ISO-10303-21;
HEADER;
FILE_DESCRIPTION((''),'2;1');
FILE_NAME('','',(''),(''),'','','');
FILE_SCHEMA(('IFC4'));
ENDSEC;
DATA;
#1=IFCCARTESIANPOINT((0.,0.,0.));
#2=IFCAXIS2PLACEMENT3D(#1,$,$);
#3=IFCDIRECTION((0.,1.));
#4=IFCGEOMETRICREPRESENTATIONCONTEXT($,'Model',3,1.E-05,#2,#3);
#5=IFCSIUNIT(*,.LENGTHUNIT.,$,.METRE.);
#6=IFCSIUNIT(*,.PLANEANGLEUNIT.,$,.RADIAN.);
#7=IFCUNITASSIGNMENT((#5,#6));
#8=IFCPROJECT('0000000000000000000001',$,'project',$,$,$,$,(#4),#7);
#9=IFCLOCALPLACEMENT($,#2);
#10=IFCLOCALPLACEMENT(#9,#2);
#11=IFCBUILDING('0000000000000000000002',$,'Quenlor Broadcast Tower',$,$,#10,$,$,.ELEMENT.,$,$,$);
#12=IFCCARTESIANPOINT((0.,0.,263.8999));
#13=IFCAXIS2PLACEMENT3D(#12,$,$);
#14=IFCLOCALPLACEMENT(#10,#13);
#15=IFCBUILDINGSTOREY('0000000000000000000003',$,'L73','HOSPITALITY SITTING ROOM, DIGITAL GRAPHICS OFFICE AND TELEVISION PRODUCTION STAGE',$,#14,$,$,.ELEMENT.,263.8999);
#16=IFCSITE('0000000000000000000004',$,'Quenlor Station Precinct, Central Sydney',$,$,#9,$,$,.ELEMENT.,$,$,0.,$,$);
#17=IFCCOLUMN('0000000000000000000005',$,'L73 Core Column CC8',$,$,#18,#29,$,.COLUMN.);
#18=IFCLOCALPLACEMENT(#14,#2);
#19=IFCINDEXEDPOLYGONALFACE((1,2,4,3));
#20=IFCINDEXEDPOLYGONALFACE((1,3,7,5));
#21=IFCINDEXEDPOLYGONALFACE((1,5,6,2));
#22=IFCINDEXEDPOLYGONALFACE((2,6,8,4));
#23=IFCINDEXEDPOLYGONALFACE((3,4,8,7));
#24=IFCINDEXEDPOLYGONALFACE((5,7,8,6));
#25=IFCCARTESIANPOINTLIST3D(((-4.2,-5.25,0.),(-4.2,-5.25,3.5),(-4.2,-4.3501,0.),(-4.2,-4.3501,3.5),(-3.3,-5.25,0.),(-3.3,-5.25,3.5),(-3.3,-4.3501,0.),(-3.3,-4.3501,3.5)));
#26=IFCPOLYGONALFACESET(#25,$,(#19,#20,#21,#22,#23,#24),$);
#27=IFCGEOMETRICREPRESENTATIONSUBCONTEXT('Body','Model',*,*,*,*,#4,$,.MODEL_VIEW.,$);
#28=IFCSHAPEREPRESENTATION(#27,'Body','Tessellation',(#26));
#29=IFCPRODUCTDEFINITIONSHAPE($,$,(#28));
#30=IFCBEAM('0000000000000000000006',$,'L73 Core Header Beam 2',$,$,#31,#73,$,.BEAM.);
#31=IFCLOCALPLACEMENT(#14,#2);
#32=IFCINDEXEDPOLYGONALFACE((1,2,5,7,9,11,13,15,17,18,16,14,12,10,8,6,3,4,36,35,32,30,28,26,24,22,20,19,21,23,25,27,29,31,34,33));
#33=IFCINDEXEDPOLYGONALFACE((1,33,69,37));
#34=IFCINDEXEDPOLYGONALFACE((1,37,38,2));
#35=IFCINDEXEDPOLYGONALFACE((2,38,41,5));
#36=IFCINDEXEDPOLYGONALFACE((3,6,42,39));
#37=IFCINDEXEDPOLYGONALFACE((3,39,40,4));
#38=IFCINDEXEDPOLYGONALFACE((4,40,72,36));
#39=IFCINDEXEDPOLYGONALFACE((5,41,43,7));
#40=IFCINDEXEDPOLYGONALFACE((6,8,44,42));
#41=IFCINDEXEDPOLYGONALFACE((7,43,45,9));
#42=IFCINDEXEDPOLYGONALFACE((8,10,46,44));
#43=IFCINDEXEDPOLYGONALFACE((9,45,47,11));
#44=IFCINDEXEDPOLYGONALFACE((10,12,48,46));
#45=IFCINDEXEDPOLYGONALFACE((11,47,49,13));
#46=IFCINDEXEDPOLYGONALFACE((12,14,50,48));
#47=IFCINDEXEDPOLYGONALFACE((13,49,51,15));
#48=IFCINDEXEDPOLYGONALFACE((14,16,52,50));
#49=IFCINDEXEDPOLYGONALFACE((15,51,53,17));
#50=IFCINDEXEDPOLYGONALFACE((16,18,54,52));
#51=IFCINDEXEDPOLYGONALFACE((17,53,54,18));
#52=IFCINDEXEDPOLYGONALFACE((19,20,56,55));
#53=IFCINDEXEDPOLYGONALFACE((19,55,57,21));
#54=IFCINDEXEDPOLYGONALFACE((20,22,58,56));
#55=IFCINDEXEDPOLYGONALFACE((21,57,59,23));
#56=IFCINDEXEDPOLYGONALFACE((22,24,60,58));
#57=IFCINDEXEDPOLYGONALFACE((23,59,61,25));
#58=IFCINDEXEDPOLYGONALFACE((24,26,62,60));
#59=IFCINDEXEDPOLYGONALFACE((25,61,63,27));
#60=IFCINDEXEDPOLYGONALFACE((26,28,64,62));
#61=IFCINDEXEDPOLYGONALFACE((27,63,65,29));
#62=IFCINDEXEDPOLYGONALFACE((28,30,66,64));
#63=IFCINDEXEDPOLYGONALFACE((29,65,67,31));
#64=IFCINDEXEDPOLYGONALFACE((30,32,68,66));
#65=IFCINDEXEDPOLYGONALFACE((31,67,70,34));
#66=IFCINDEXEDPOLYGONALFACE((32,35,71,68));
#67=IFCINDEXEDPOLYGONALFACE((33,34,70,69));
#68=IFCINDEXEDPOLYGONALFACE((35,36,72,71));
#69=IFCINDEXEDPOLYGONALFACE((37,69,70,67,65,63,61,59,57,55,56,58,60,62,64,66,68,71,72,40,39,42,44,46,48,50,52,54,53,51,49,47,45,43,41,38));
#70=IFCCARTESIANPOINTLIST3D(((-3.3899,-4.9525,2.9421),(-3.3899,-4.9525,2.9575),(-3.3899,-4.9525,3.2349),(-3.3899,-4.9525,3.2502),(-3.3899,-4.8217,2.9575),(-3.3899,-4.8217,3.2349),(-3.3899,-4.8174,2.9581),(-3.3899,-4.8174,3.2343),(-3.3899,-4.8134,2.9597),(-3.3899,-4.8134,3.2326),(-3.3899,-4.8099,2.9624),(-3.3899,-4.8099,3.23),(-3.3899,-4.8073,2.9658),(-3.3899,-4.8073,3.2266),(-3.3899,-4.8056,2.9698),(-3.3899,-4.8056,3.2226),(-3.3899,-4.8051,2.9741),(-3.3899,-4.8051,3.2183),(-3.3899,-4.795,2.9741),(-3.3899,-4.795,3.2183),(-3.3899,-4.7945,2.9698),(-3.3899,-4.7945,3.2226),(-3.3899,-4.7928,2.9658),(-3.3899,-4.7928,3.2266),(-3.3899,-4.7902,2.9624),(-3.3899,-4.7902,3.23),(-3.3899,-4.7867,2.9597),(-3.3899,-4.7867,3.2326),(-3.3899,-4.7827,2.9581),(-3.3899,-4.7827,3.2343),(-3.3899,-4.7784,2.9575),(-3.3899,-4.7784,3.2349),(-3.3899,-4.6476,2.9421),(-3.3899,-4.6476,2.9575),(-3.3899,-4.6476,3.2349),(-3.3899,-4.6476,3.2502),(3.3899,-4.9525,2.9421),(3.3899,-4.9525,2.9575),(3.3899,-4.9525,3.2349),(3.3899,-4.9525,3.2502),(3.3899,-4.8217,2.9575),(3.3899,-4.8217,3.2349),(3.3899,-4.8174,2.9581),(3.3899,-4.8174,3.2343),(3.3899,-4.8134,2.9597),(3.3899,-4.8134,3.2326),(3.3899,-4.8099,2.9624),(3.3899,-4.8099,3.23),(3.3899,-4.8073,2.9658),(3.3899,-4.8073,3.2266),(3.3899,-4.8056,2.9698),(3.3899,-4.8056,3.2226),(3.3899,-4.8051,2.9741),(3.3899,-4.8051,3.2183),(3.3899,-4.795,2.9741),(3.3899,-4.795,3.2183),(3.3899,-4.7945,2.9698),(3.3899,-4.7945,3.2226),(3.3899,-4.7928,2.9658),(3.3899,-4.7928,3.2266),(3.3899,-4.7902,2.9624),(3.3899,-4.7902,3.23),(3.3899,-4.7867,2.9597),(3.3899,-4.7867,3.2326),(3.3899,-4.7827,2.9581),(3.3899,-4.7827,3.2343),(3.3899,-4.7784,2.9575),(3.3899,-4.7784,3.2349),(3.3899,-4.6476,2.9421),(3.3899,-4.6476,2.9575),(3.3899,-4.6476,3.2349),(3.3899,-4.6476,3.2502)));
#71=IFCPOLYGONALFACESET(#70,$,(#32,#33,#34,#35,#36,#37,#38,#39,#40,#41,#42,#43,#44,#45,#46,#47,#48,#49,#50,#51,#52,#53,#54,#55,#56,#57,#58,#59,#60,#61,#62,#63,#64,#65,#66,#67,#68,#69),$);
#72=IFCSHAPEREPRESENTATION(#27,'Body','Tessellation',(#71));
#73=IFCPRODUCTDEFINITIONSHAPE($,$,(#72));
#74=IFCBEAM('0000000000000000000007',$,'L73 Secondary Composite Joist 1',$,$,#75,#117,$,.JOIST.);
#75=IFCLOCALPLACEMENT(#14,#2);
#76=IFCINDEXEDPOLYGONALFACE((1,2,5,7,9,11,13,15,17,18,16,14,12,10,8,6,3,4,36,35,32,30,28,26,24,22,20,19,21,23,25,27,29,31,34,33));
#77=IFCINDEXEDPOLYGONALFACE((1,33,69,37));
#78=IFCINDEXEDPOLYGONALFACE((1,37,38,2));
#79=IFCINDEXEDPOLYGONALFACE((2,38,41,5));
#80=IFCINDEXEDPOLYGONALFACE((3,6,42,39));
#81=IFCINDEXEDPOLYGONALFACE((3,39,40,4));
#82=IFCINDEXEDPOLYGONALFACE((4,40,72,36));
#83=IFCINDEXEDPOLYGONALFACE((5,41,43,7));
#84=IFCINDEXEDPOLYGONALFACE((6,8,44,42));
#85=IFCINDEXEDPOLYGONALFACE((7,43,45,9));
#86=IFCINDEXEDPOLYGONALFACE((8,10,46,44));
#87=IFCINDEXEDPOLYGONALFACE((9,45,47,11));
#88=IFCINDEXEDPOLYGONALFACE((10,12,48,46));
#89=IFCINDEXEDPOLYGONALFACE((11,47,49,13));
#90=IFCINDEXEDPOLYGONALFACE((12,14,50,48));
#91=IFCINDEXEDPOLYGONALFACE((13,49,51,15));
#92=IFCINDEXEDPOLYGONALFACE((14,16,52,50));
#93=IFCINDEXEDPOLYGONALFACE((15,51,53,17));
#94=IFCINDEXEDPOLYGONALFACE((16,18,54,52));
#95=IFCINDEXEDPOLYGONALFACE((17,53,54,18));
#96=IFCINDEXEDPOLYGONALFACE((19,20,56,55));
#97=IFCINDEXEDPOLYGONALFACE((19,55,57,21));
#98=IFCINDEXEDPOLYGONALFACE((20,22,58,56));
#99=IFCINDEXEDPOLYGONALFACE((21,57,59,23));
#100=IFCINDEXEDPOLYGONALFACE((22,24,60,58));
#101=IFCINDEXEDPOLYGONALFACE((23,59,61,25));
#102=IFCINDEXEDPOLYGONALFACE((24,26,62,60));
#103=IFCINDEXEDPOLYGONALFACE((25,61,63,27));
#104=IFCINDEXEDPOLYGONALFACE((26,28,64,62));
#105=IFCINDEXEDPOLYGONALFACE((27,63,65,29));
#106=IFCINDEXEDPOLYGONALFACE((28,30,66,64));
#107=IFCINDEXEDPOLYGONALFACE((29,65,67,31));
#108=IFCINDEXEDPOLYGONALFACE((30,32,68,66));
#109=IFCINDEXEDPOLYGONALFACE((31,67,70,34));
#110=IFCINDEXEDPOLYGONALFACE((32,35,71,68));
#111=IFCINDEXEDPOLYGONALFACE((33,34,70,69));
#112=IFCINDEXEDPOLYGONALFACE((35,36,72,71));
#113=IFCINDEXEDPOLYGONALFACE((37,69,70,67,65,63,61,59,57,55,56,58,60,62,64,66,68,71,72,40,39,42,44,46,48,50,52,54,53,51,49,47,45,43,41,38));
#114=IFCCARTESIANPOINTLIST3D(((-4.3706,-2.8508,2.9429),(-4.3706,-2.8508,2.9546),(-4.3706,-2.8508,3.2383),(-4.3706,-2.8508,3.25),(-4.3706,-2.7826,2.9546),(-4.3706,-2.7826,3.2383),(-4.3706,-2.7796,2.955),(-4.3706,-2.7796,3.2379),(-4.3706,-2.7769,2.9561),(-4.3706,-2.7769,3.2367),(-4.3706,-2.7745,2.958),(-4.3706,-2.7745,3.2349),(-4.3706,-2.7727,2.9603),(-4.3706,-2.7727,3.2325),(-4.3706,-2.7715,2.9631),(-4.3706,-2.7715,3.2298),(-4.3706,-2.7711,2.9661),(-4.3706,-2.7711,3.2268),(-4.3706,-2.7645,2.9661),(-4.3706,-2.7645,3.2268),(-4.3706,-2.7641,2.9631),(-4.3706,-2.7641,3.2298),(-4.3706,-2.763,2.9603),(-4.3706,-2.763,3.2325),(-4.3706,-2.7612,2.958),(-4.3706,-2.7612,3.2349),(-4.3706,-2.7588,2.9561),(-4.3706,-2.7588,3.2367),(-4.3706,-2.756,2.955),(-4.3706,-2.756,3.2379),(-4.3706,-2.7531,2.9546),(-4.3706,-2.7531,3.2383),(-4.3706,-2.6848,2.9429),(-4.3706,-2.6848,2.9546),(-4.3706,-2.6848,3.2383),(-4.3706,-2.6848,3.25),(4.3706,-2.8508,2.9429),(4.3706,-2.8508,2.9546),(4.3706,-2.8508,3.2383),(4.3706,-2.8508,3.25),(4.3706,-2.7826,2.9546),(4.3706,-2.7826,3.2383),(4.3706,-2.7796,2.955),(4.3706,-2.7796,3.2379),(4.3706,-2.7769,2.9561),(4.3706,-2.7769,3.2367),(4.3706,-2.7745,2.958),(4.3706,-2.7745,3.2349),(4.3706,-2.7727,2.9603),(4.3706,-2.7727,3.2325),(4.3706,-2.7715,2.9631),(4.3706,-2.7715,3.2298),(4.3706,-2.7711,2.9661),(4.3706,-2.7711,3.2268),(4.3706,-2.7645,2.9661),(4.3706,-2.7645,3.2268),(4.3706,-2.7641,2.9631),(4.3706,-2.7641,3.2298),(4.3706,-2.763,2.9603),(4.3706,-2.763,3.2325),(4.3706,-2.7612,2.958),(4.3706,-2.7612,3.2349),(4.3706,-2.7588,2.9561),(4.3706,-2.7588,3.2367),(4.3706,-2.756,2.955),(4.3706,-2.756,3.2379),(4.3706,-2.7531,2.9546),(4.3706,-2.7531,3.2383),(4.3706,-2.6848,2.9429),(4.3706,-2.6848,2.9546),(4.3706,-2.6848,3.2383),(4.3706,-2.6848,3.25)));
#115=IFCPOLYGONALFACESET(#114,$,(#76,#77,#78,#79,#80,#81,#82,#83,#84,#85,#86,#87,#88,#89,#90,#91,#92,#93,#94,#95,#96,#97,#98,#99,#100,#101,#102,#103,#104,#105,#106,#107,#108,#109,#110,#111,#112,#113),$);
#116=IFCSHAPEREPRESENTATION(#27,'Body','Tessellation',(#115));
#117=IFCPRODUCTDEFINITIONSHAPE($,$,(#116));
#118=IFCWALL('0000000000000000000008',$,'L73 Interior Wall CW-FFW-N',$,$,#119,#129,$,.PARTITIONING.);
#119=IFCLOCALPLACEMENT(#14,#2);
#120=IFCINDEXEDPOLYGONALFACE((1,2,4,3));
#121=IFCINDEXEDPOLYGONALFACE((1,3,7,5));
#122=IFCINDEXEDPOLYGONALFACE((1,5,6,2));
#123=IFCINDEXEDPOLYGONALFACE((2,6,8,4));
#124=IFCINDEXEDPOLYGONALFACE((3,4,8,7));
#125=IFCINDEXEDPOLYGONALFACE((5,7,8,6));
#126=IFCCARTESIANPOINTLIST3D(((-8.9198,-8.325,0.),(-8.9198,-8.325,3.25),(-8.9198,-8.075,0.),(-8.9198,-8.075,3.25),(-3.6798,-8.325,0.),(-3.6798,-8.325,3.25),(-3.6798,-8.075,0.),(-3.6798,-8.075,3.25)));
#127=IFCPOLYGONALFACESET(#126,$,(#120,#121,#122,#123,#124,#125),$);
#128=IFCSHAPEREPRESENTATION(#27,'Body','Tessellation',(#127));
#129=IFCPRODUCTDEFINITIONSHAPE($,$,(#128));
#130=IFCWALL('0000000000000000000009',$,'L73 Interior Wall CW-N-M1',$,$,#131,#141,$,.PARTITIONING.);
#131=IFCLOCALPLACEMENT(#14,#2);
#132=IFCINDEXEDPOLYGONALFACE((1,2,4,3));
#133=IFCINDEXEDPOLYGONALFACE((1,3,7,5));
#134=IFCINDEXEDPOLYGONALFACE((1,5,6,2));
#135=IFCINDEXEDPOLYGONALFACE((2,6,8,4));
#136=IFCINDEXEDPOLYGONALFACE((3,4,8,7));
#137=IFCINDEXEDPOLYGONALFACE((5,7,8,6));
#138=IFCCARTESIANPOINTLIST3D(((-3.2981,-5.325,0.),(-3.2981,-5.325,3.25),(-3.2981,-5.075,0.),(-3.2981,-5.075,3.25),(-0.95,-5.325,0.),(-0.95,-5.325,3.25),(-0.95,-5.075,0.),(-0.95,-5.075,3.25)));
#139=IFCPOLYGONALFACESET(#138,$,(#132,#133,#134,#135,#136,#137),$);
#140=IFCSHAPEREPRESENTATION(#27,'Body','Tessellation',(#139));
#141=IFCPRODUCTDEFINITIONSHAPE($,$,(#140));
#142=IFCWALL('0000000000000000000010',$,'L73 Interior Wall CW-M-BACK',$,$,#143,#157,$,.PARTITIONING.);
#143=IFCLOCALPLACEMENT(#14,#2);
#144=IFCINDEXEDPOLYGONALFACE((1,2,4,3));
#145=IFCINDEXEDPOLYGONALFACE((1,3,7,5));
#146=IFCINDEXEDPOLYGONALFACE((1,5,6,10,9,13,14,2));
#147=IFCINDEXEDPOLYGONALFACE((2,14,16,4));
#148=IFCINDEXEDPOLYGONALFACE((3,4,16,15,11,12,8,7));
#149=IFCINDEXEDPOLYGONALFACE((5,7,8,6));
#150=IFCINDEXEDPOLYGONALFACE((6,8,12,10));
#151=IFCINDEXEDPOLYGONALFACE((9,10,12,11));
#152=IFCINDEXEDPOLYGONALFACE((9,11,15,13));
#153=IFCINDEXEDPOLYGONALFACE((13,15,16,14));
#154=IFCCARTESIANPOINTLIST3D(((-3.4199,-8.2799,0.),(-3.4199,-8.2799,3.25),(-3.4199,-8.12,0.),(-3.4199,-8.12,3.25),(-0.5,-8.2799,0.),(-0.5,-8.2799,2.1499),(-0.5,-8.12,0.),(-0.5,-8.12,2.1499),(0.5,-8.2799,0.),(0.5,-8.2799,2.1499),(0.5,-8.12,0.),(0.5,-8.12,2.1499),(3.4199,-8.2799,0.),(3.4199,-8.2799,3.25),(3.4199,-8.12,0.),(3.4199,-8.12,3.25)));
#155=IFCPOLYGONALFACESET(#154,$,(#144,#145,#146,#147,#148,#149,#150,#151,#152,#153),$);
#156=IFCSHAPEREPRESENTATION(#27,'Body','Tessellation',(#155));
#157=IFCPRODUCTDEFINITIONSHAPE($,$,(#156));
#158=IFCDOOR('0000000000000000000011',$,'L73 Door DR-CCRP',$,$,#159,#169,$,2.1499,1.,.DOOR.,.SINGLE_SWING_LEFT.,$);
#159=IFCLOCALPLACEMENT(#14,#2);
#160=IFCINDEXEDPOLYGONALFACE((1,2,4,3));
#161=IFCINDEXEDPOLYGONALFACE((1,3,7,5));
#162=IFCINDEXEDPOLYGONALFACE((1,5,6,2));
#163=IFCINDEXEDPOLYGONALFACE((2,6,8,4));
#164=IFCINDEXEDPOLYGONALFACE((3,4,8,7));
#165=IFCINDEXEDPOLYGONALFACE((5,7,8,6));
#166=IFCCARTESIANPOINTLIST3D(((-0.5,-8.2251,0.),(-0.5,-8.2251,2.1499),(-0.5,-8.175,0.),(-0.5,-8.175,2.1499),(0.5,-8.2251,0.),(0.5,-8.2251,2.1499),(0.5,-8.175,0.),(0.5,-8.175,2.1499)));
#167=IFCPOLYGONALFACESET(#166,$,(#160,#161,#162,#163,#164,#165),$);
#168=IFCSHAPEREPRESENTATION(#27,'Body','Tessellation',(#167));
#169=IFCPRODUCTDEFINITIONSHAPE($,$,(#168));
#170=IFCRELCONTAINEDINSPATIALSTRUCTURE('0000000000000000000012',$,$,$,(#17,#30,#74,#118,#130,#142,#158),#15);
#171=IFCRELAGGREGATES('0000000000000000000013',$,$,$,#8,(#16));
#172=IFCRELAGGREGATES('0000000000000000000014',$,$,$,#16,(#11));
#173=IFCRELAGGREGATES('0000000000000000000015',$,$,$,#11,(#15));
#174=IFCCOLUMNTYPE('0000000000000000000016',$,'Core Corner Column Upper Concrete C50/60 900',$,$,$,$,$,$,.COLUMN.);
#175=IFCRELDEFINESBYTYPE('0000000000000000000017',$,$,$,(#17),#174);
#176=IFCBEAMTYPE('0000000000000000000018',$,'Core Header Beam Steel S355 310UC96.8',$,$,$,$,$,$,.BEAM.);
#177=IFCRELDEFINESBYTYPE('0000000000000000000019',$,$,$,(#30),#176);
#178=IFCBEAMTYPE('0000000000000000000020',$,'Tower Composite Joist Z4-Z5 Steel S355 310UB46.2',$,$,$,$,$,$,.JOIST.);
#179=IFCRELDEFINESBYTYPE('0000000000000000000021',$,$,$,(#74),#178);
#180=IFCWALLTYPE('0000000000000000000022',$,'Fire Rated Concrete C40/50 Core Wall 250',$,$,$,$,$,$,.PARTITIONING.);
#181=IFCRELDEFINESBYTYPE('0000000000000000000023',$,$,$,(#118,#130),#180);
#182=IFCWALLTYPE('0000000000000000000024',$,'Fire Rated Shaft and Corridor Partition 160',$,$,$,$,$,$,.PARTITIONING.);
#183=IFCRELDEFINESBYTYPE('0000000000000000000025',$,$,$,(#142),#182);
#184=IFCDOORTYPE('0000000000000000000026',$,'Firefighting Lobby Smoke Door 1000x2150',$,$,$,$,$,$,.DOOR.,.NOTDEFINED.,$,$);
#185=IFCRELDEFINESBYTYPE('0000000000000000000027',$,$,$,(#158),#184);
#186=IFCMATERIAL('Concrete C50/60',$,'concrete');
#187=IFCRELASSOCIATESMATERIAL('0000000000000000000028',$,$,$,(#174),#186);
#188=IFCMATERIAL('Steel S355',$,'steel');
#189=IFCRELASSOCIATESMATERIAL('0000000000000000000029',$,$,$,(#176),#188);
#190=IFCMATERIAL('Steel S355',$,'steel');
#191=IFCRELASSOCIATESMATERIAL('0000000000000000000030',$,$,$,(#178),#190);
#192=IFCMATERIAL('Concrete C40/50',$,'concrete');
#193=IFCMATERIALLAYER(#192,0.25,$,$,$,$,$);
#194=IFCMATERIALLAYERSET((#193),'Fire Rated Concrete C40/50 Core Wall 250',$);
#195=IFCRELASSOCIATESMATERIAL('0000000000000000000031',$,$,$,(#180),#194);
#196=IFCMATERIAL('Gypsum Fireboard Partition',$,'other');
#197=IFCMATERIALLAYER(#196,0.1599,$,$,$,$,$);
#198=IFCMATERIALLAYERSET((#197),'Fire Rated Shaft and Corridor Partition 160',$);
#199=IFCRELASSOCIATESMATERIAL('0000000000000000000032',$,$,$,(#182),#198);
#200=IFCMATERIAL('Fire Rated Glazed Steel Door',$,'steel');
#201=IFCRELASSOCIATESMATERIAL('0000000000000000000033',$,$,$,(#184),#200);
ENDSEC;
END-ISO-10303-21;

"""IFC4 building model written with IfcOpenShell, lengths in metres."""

from ifc_helpers import new_model, si_unit, direction, frame, frame_2d, origin, origin_2d, place, context, subcontext, project, spatial, rectangle, i_section, extrude, material, layer, layer_set, material_profile, profile_set, type_object, element, fill, save


model = new_model("IFC4")

# Units and contexts
model_context = context("Model", 3, precision=1e-05, world=origin(), true_north=direction((0.0, 1.0)))
body_context = subcontext(model_context, "Body", "Model", "MODEL_VIEW")
ifc_project = project(units=[si_unit("LENGTHUNIT", "METRE"), si_unit("PLANEANGLEUNIT", "RADIAN")], contexts=[model_context])

# Site, building, storey
site_placement = place(None, origin())
site = spatial("IfcSite", under=ifc_project, at=site_placement, Name="Quenlor Station Precinct, Central Sydney", CompositionType="ELEMENT", RefElevation=0.0)
building_placement = place(site_placement, origin())
building = spatial("IfcBuilding", under=site, at=building_placement, Name="Quenlor Broadcast Tower", CompositionType="ELEMENT")
storey_placement = place(building_placement, frame((0.0, 0.0, 263.8999)))
storey = spatial("IfcBuildingStorey", under=building, at=storey_placement, Name="L73", Description="HOSPITALITY SITTING ROOM, DIGITAL GRAPHICS OFFICE AND TELEVISION PRODUCTION STAGE", CompositionType="ELEMENT", Elevation=263.8999)

# Column
ifc_material_1 = material(Name="Concrete C50/60", Category="concrete")
ifc_material_profile_1 = material_profile(ifc_material_1, rectangle(XDim=0.8999, YDim=0.8999, at=origin_2d()))
ifc_profile_set_1 = profile_set([ifc_material_profile_1], Name="Concrete C50/60 RC900x900")
column_type = type_object("IfcColumnType", Name="Core Corner Column Upper Concrete C50/60 900", PredefinedType="COLUMN", material=ifc_profile_set_1)
column_placement = place(storey_placement, frame((-3.75, -4.8, 0.0), z_axis=(0.0, 0.0, 1.0), x_axis=(1.0, 0.0, 0.0)))
element("IfcColumn", 1, at=column_placement, inside=storey, type_object=column_type, Name="L73 Core Column CC8", PredefinedType="COLUMN", context=body_context, shape_type="SweptSolid", body=[
    extrude(rectangle(XDim=0.8999, YDim=0.8999, at=origin_2d()), origin(), (0.0, 0.0, 1.0), 3.5),
])

# Beams
ifc_material_2 = material(Name="Steel S355", Category="steel")
ifc_material_profile_2 = material_profile(ifc_material_2, i_section(OverallWidth=0.3049, OverallDepth=0.3081, WebThickness=0.01, FlangeThickness=0.0154, FilletRadius=0.0166, at=origin_2d()))
ifc_profile_set_2 = profile_set([ifc_material_profile_2], Name="Steel S355 310UC96.8")
beam_type_1 = type_object("IfcBeamType", Name="Core Header Beam Steel S355 310UC96.8", PredefinedType="BEAM", material=ifc_profile_set_2)
beam_1_placement = place(storey_placement, frame((-3.3899, -4.8, 3.0962), z_axis=(1.0, 0.0, 0.0), x_axis=(0.0, 1.0, 0.0)))
element("IfcBeam", 2, at=beam_1_placement, inside=storey, type_object=beam_type_1, Name="L73 Core Header Beam 2", PredefinedType="BEAM", context=body_context, shape_type="SweptSolid", body=[
    extrude(i_section(OverallWidth=0.3049, OverallDepth=0.3081, WebThickness=0.01, FlangeThickness=0.0154, FilletRadius=0.0166, at=origin_2d()), origin(), (0.0, 0.0, 1.0), 6.7798),
])
ifc_material_3 = material(Name="Steel S355", Category="steel")
ifc_material_profile_3 = material_profile(ifc_material_3, i_section(OverallWidth=0.166, OverallDepth=0.3071, WebThickness=0.0066, FlangeThickness=0.0117, FilletRadius=0.0115, at=origin_2d()))
ifc_profile_set_3 = profile_set([ifc_material_profile_3], Name="Steel S355 310UB46.2")
beam_type_2 = type_object("IfcBeamType", Name="Tower Composite Joist Z4-Z5 Steel S355 310UB46.2", PredefinedType="JOIST", material=ifc_profile_set_3)
beam_2_placement = place(storey_placement, frame((-4.3706, -2.7678, 3.0964), z_axis=(1.0, 0.0, 0.0), x_axis=(0.0, 1.0, 0.0)))
element("IfcBeam", 3, at=beam_2_placement, inside=storey, type_object=beam_type_2, Name="L73 Secondary Composite Joist 1", PredefinedType="JOIST", context=body_context, shape_type="SweptSolid", body=[
    extrude(i_section(OverallWidth=0.166, OverallDepth=0.3071, WebThickness=0.0066, FlangeThickness=0.0117, FilletRadius=0.0115, at=origin_2d()), origin(), (0.0, 0.0, 1.0), 8.7412),
])

# Shared definitions
ifc_material_4 = material(Name="Concrete C40/50", Category="concrete")
ifc_layer_1 = layer(ifc_material_4, 0.25)
ifc_layer_set_1 = layer_set([ifc_layer_1], Name="Fire Rated Concrete C40/50 Core Wall 250")
wall_type_1 = type_object("IfcWallType", Name="Fire Rated Concrete C40/50 Core Wall 250", PredefinedType="PARTITIONING", material=ifc_layer_set_1)

# Walls
wall_1_placement = place(storey_placement, frame((-8.9199, -8.2, 0.0), z_axis=(0.0, 0.0, 1.0), x_axis=(1.0, 0.0, 0.0)))
element("IfcWall", 4, at=wall_1_placement, inside=storey, type_object=wall_type_1, Name="L73 Interior Wall CW-FFW-N", PredefinedType="PARTITIONING", context=body_context, shape_type="SweptSolid", body=[
    extrude(rectangle(XDim=5.24, YDim=0.25, at=frame_2d((2.6201, 0.0))), origin(), (0.0, 0.0, 1.0), 3.25),
])
wall_2_placement = place(storey_placement, frame((-3.2981, -5.2, 0.0), z_axis=(0.0, 0.0, 1.0), x_axis=(1.0, 0.0, 0.0)))
element("IfcWall", 5, at=wall_2_placement, inside=storey, type_object=wall_type_1, Name="L73 Interior Wall CW-N-M1", PredefinedType="PARTITIONING", context=body_context, shape_type="SweptSolid", body=[
    extrude(rectangle(XDim=2.3481, YDim=0.25, at=frame_2d((1.1741, 0.0))), origin(), (0.0, 0.0, 1.0), 3.25),
])

# Wall, opening, door
ifc_material_5 = material(Name="Gypsum Fireboard Partition", Category="other")
ifc_layer_2 = layer(ifc_material_5, 0.1599)
ifc_layer_set_2 = layer_set([ifc_layer_2], Name="Fire Rated Shaft and Corridor Partition 160")
wall_type_2 = type_object("IfcWallType", Name="Fire Rated Shaft and Corridor Partition 160", PredefinedType="PARTITIONING", material=ifc_layer_set_2)
wall_3_placement = place(storey_placement, frame((-3.4199, -8.2, 0.0), z_axis=(0.0, 0.0, 1.0), x_axis=(1.0, 0.0, 0.0)))
wall_3 = element("IfcWall", 6, at=wall_3_placement, inside=storey, type_object=wall_type_2, Name="L73 Interior Wall CW-M-BACK", PredefinedType="PARTITIONING", context=body_context, shape_type="SweptSolid", body=[
    extrude(rectangle(XDim=6.8398, YDim=0.1599, at=frame_2d((3.4199, 0.0))), origin(), (0.0, 0.0, 1.0), 3.25),
])
opening_1_placement = place(wall_3_placement, frame((2.9199, 0.0, 0.0)))
opening_1 = element("IfcOpeningElement", 7, at=opening_1_placement, cuts=wall_3, PredefinedType="OPENING", context=body_context, shape_type="SweptSolid", body=[
    extrude(rectangle(XDim=1.0, YDim=2.1499, at=frame_2d((0.5, 1.075))), frame((0.0, 0.0898, 0.0), z_axis=(0.0, -1.0, 0.0), x_axis=(1.0, 0.0, 0.0)), (0.0, 0.0, 1.0), 0.1799),
])
ifc_material_6 = material(Name="Fire Rated Glazed Steel Door", Category="steel")
door_type_1 = type_object("IfcDoorType", Name="Firefighting Lobby Smoke Door 1000x2150", OperationType="NOTDEFINED", PredefinedType="DOOR", material=ifc_material_6)
door_1_placement = place(opening_1_placement, origin())
door_1 = element("IfcDoor", 8, at=door_1_placement, inside=storey, type_object=door_type_1, Name="L73 Door DR-CCRP", OperationType="SINGLE_SWING_LEFT", OverallHeight=2.1499, OverallWidth=1.0, PredefinedType="DOOR", context=body_context, shape_type="SweptSolid", body=[
    extrude(rectangle(XDim=1.0, YDim=2.1499, at=frame_2d((0.5, 1.075))), frame((0.0, 0.0249, 0.0), z_axis=(0.0, -1.0, 0.0), x_axis=(1.0, 0.0, 0.0)), (0.0, 0.0, 1.0), 0.05),
])
fill(opening_1, door_1)

save(model, "model.ifc")
